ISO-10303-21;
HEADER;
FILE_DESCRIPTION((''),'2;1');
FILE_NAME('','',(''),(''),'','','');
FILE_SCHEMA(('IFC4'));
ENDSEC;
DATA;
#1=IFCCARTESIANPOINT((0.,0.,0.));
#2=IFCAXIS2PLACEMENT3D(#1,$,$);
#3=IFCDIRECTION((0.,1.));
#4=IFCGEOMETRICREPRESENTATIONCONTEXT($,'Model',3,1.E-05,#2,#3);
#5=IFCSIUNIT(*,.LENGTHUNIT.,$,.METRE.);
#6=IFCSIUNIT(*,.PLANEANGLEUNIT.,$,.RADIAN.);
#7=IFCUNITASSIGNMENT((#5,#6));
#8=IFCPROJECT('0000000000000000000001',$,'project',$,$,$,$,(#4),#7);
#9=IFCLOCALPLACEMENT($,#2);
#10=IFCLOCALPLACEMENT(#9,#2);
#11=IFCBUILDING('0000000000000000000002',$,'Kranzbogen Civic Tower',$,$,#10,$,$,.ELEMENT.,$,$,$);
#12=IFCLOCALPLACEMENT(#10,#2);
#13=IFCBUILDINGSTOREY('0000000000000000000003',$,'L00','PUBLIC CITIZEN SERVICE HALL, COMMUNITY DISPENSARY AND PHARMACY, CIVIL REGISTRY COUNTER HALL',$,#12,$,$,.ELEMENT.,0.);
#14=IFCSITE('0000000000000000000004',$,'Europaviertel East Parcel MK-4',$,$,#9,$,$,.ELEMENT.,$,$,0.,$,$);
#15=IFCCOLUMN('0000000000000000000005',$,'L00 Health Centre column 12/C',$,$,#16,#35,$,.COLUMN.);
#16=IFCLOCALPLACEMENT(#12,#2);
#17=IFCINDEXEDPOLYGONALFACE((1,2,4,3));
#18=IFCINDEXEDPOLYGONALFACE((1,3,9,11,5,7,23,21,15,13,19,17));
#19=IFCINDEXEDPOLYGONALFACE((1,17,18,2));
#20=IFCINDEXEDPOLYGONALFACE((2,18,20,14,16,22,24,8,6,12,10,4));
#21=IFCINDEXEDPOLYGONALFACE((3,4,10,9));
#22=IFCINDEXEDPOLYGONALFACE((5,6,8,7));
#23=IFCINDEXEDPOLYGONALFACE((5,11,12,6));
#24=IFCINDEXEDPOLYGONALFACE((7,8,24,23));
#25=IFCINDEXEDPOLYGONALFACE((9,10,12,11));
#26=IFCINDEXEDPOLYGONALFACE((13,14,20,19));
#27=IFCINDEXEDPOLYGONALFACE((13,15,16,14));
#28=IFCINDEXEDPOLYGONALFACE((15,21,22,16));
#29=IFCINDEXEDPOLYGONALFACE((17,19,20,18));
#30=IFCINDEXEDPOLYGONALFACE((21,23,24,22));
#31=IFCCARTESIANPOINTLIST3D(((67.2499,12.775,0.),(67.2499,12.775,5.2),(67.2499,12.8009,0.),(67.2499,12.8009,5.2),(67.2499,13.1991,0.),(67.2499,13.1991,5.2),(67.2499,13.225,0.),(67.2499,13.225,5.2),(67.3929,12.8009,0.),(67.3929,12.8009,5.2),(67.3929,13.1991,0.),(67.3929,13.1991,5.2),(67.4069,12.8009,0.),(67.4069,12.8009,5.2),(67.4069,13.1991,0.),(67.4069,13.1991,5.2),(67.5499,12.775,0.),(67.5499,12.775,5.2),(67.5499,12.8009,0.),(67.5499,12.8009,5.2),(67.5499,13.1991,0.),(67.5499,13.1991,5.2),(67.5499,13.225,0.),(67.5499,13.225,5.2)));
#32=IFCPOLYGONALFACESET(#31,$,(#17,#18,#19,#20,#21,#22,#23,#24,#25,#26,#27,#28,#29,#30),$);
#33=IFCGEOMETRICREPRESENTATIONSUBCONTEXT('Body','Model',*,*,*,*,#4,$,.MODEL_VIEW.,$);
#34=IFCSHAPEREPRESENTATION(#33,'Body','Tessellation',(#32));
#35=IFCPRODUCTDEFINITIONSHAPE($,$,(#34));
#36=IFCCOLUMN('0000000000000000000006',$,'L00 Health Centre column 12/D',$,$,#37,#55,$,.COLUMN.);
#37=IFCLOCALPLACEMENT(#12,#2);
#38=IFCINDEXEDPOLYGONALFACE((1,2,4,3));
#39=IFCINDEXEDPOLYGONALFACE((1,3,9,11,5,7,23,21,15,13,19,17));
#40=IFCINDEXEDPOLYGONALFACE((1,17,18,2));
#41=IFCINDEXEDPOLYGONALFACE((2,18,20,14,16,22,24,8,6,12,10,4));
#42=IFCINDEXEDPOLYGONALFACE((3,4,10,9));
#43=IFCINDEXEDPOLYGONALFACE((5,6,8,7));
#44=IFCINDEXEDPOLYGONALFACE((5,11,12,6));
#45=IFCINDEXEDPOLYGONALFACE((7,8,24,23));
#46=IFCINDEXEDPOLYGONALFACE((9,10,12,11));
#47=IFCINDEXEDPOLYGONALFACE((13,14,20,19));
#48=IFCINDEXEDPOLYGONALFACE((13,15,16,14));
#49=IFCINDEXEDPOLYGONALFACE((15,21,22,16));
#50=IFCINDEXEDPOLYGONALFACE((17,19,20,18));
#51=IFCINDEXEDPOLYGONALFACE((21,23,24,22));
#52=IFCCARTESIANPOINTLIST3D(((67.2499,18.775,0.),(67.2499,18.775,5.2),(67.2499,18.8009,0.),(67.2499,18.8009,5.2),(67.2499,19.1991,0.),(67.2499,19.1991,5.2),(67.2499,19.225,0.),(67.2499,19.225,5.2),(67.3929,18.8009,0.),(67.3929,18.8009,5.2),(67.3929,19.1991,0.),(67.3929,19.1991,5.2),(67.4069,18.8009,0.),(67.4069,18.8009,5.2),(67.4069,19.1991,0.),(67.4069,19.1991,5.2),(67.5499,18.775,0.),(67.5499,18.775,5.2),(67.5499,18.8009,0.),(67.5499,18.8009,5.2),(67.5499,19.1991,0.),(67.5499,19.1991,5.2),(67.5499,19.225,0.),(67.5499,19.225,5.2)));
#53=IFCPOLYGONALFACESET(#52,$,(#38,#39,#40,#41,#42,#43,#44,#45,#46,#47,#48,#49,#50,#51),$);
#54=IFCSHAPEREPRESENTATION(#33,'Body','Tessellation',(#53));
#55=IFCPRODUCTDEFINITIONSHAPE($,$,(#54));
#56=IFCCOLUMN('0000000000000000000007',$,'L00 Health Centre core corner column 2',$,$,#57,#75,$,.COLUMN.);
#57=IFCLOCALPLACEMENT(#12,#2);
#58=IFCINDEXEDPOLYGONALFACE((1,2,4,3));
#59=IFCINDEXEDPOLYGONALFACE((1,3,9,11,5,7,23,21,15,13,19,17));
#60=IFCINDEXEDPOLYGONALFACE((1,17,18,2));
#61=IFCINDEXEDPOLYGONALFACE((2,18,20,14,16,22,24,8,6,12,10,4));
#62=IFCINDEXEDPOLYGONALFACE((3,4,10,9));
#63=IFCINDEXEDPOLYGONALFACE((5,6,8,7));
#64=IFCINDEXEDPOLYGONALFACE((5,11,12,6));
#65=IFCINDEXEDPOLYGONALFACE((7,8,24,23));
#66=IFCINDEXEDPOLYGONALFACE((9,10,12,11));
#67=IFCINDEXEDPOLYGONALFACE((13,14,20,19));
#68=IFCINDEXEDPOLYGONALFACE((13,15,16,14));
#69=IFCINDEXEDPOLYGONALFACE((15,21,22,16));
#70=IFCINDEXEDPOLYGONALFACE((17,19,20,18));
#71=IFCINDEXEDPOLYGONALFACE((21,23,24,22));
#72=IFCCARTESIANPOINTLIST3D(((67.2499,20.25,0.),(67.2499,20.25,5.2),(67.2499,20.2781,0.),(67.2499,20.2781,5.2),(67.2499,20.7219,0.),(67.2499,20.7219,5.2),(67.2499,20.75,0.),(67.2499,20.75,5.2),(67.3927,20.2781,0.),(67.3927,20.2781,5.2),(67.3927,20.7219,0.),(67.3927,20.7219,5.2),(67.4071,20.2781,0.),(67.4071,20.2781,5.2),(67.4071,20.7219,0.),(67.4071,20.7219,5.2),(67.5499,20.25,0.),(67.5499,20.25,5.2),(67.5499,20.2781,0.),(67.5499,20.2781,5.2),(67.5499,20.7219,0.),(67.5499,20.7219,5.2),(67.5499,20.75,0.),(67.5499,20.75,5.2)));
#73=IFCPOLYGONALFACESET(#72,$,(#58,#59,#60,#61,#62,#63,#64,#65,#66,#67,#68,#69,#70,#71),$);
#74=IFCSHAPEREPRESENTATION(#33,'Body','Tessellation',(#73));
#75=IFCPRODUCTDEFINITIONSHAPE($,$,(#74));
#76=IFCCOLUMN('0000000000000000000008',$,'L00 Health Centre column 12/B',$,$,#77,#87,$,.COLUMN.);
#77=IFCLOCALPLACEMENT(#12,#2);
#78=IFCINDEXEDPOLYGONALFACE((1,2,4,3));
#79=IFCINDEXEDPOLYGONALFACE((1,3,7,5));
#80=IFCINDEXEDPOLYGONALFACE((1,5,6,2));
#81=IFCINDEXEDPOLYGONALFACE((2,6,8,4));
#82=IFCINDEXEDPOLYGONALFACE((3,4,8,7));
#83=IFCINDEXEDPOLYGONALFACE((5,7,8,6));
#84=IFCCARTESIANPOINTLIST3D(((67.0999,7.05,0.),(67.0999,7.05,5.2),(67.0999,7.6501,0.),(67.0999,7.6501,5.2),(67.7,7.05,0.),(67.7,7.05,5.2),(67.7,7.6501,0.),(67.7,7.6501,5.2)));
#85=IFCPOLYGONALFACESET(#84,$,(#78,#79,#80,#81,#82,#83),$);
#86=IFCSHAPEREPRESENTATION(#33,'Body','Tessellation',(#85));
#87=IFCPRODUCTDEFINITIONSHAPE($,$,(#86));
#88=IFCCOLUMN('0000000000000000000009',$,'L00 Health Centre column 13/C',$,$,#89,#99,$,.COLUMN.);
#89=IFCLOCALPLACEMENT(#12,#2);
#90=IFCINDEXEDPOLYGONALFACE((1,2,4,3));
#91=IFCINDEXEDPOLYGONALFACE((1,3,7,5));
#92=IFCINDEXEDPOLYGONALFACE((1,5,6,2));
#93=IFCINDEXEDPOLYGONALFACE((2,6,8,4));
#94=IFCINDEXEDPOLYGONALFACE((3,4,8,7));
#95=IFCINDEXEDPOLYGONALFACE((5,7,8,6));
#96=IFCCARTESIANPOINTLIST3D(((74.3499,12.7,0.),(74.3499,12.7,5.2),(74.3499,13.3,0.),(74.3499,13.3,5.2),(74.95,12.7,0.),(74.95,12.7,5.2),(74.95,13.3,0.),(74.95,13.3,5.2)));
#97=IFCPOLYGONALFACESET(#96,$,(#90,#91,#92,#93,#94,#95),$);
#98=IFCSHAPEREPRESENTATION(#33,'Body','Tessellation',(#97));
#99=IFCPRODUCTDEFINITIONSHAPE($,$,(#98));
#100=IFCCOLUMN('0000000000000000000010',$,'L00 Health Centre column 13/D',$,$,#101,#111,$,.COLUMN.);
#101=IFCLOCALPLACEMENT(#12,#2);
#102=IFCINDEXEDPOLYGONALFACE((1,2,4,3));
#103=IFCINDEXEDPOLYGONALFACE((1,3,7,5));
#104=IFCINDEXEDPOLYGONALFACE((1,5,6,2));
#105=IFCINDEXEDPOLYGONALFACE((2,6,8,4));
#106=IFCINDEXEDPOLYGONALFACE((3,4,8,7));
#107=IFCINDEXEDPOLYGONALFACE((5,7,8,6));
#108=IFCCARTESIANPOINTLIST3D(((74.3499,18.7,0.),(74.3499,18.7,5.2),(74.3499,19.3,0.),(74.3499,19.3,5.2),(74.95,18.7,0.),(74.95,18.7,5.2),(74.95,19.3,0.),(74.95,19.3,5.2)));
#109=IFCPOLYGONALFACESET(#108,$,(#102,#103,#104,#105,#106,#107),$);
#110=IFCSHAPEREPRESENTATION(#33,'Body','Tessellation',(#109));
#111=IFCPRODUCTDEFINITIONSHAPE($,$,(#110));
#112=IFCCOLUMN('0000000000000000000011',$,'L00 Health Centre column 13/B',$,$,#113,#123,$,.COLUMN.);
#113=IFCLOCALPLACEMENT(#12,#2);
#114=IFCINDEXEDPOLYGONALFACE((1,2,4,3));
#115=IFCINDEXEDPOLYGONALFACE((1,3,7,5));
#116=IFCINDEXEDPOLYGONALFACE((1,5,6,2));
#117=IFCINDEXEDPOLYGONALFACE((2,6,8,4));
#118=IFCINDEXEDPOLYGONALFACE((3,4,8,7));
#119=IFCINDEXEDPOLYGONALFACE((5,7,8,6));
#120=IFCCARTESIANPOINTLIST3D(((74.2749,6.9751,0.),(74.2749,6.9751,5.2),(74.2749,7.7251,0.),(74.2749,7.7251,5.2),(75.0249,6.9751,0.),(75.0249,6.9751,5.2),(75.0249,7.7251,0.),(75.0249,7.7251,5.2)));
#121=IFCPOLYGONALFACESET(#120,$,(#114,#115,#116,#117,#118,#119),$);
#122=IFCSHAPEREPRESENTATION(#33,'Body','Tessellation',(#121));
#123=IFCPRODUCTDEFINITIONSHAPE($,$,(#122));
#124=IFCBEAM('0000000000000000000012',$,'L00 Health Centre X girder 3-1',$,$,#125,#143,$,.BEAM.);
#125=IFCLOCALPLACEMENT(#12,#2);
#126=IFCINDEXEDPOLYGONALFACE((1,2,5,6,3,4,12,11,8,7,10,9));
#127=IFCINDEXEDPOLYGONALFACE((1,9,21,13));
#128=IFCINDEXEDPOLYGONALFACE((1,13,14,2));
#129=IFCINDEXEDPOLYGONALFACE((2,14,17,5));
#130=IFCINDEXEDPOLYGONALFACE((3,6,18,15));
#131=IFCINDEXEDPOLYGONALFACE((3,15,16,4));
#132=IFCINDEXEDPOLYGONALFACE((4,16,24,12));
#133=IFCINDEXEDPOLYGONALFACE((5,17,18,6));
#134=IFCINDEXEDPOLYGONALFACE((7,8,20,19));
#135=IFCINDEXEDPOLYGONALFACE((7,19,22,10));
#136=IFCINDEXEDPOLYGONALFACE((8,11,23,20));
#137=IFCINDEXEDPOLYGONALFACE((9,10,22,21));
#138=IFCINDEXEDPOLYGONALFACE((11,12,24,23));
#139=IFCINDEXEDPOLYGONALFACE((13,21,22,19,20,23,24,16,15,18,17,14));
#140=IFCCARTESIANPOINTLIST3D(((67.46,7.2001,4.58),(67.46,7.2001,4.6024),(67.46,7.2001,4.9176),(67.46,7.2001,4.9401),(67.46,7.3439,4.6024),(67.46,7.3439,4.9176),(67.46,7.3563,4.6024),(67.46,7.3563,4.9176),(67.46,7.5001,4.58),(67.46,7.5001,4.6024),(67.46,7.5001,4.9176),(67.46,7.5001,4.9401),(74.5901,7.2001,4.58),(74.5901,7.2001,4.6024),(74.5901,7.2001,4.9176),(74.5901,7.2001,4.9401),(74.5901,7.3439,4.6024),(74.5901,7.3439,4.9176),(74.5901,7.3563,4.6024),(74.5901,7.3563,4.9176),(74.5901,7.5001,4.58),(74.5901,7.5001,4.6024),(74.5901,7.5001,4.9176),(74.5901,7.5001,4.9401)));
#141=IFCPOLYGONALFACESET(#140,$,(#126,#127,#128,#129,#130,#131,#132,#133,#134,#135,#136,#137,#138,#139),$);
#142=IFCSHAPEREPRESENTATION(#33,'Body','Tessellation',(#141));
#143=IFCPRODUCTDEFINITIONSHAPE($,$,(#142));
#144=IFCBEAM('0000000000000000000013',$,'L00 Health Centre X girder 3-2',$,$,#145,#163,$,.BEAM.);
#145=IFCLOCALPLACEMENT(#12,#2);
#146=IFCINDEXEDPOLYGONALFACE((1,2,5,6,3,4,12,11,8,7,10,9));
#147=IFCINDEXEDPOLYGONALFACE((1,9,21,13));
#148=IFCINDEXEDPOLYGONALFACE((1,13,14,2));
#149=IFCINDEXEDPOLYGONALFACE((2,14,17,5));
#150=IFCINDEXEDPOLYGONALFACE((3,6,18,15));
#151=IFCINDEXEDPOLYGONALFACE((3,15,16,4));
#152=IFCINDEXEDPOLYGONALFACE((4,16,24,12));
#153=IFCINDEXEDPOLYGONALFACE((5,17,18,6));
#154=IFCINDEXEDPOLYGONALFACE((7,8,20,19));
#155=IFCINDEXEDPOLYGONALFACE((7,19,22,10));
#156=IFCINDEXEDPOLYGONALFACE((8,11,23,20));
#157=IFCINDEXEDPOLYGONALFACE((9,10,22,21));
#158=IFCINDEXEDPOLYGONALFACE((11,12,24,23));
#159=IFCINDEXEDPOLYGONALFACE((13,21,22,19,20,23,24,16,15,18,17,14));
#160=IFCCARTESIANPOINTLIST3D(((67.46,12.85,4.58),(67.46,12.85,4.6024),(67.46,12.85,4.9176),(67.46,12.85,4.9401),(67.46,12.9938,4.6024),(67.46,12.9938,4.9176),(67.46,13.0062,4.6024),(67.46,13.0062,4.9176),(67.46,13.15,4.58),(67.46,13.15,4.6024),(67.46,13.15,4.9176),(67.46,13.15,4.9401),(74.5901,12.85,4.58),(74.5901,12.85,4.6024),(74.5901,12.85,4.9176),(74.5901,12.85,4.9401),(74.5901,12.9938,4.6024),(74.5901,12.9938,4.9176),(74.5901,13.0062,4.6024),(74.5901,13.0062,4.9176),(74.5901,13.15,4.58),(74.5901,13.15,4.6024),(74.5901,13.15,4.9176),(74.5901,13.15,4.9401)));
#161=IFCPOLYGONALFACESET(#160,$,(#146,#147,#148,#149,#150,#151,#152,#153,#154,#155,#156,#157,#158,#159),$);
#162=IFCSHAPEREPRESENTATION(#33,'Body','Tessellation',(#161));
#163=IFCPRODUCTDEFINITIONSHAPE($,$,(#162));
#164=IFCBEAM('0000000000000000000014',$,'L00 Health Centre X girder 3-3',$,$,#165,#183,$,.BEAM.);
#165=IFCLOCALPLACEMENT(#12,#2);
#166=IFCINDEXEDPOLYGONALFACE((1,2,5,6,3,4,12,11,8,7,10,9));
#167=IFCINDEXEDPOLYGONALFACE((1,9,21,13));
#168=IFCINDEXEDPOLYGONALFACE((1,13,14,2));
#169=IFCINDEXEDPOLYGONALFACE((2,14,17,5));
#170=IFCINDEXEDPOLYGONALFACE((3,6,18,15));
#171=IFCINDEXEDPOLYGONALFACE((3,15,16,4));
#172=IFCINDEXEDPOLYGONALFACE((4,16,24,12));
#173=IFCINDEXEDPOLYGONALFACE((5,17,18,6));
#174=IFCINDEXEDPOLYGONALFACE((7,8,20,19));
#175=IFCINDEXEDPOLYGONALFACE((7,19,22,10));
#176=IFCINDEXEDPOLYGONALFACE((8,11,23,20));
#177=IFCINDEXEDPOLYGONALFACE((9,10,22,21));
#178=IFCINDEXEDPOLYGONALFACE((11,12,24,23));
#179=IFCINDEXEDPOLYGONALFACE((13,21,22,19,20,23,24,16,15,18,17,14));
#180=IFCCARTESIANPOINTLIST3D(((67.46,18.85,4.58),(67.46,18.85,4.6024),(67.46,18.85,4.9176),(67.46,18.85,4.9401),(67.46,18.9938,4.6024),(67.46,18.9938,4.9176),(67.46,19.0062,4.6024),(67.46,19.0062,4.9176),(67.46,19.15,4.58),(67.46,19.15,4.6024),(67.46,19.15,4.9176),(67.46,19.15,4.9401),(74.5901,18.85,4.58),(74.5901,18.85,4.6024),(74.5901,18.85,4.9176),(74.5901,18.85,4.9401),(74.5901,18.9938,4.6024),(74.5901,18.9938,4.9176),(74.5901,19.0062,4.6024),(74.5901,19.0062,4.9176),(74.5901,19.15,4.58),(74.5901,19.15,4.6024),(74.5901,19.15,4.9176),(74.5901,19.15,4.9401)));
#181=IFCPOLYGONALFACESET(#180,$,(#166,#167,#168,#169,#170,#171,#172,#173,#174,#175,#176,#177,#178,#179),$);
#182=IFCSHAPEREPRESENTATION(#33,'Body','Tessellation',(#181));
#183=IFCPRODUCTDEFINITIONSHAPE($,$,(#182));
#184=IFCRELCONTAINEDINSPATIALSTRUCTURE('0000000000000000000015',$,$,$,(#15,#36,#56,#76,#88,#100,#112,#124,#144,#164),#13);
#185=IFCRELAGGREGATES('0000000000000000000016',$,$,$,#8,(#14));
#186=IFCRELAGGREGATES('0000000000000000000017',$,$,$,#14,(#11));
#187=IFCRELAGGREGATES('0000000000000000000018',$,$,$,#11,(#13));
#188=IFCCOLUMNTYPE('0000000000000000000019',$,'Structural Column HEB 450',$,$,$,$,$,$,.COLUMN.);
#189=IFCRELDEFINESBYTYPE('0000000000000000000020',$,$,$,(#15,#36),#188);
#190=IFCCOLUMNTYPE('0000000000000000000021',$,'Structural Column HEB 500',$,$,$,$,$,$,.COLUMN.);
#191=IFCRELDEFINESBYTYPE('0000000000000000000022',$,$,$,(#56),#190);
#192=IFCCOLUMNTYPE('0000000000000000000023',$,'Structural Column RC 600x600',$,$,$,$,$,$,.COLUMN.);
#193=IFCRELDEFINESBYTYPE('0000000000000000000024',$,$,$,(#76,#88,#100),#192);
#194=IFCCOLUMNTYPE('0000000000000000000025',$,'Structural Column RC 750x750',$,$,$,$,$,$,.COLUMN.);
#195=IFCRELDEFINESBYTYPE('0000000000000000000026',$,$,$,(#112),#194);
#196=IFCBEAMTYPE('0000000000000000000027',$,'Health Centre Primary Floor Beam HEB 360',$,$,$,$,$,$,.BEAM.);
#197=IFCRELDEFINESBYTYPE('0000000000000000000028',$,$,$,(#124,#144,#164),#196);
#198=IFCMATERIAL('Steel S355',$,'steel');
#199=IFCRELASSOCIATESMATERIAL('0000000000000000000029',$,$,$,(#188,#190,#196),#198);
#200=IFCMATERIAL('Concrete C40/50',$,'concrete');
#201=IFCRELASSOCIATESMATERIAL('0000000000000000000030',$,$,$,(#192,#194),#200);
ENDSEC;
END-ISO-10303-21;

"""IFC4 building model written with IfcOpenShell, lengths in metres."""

from ifc_helpers import new_model, si_unit, direction, frame, origin, origin_2d, place, context, subcontext, project, spatial, rectangle, i_section, extrude, material, material_profile, profile_set, type_object, element, save


model = new_model("IFC4")

# Units and contexts
model_context = context("Model", 3, precision=1e-05, world=origin(), true_north=direction((0.0, 1.0)))
body_context = subcontext(model_context, "Body", "Model", "MODEL_VIEW")
ifc_project = project(units=[si_unit("LENGTHUNIT", "METRE"), si_unit("PLANEANGLEUNIT", "RADIAN")], contexts=[model_context])

# Site, building, storey
site_placement = place(None, origin())
site = spatial("IfcSite", under=ifc_project, at=site_placement, Name="Europaviertel East Parcel MK-4", CompositionType="ELEMENT", RefElevation=0.0)
building_placement = place(site_placement, origin())
building = spatial("IfcBuilding", under=site, at=building_placement, Name="Kranzbogen Civic Tower", CompositionType="ELEMENT")
storey_placement = place(building_placement, origin())
storey = spatial("IfcBuildingStorey", under=building, at=storey_placement, Name="L00", Description="PUBLIC CITIZEN SERVICE HALL, COMMUNITY DISPENSARY AND PHARMACY, CIVIL REGISTRY COUNTER HALL", CompositionType="ELEMENT", Elevation=0.0)

# Columns
ifc_material_1 = material(Name="Steel S355", Category="steel")
ifc_material_profile_1 = material_profile(ifc_material_1, i_section(OverallWidth=0.3, OverallDepth=0.45, WebThickness=0.0139, FlangeThickness=0.0259, at=origin_2d()), Name="HEB 450")
ifc_profile_set_1 = profile_set([ifc_material_profile_1], Name="Steel S355")
column_type_1 = type_object("IfcColumnType", Name="Structural Column HEB 450", PredefinedType="COLUMN", material=ifc_profile_set_1)
for number, where, z_axis, x_axis, name in (
    (1, (67.3999, 13.0, 0.0), (0.0, 0.0, 1.0), (1.0, 0.0, 0.0), "L00 Health Centre column 12/C"),
    (2, (67.3999, 19.0, 0.0), (0.0, 0.0, 1.0), (1.0, 0.0, 0.0), "L00 Health Centre column 12/D"),
):
    element("IfcColumn", number, at=place(storey_placement, frame(where, z_axis=z_axis, x_axis=x_axis)), inside=storey, type_object=column_type_1, Name=name, PredefinedType="COLUMN", context=body_context, shape_type="SweptSolid", body=[
        extrude(i_section(OverallWidth=0.3, OverallDepth=0.45, WebThickness=0.0139, FlangeThickness=0.0259, at=origin_2d()), origin(), (0.0, 0.0, 1.0), 5.2),
    ])
ifc_material_profile_2 = material_profile(ifc_material_1, i_section(OverallWidth=0.3, OverallDepth=0.5, WebThickness=0.0144, FlangeThickness=0.0281, at=origin_2d()), Name="HEB 500")
ifc_profile_set_2 = profile_set([ifc_material_profile_2], Name="Steel S355")
column_type_2 = type_object("IfcColumnType", Name="Structural Column HEB 500", PredefinedType="COLUMN", material=ifc_profile_set_2)
column_1_placement = place(storey_placement, frame((67.3999, 20.5, 0.0), z_axis=(0.0, 0.0, 1.0), x_axis=(1.0, 0.0, 0.0)))
element("IfcColumn", 3, at=column_1_placement, inside=storey, type_object=column_type_2, Name="L00 Health Centre core corner column 2", PredefinedType="COLUMN", context=body_context, shape_type="SweptSolid", body=[
    extrude(i_section(OverallWidth=0.3, OverallDepth=0.5, WebThickness=0.0144, FlangeThickness=0.0281, at=origin_2d()), origin(), (0.0, 0.0, 1.0), 5.2),
])
ifc_material_2 = material(Name="Concrete C40/50", Category="concrete")
ifc_material_profile_3 = material_profile(ifc_material_2, rectangle(XDim=0.6001, YDim=0.6001, at=origin_2d()), Name="RC 600x600")
ifc_profile_set_3 = profile_set([ifc_material_profile_3], Name="Concrete C40/50")
column_type_3 = type_object("IfcColumnType", Name="Structural Column RC 600x600", PredefinedType="COLUMN", material=ifc_profile_set_3)
for number, where, z_axis, x_axis, name in (
    (4, (67.3999, 7.3501, 0.0), (0.0, 0.0, 1.0), (1.0, 0.0, 0.0), "L00 Health Centre column 12/B"),
    (5, (74.6499, 13.0, 0.0), (0.0, 0.0, 1.0), (1.0, 0.0, 0.0), "L00 Health Centre column 13/C"),
    (6, (74.6499, 19.0, 0.0), (0.0, 0.0, 1.0), (1.0, 0.0, 0.0), "L00 Health Centre column 13/D"),
):
    element("IfcColumn", number, at=place(storey_placement, frame(where, z_axis=z_axis, x_axis=x_axis)), inside=storey, type_object=column_type_3, Name=name, PredefinedType="COLUMN", context=body_context, shape_type="SweptSolid", body=[
        extrude(rectangle(XDim=0.6001, YDim=0.6001, at=origin_2d()), origin(), (0.0, 0.0, 1.0), 5.2),
    ])
ifc_material_profile_4 = material_profile(ifc_material_2, rectangle(XDim=0.75, YDim=0.75, at=origin_2d()), Name="RC 750x750")
ifc_profile_set_4 = profile_set([ifc_material_profile_4], Name="Concrete C40/50")
column_type_4 = type_object("IfcColumnType", Name="Structural Column RC 750x750", PredefinedType="COLUMN", material=ifc_profile_set_4)
column_2_placement = place(storey_placement, frame((74.6499, 7.3501, 0.0), z_axis=(0.0, 0.0, 1.0), x_axis=(1.0, 0.0, 0.0)))
element("IfcColumn", 7, at=column_2_placement, inside=storey, type_object=column_type_4, Name="L00 Health Centre column 13/B", PredefinedType="COLUMN", context=body_context, shape_type="SweptSolid", body=[
    extrude(rectangle(XDim=0.75, YDim=0.75, at=origin_2d()), origin(), (0.0, 0.0, 1.0), 5.2),
])

# Beams
ifc_material_profile_5 = material_profile(ifc_material_1, i_section(OverallWidth=0.3, OverallDepth=0.3601, WebThickness=0.0125, FlangeThickness=0.0225, at=origin_2d()), Name="HEB 360")
ifc_profile_set_5 = profile_set([ifc_material_profile_5], Name="Steel S355")
beam_type_1 = type_object("IfcBeamType", Name="Health Centre Primary Floor Beam HEB 360", PredefinedType="BEAM", material=ifc_profile_set_5)
for number, where, z_axis, x_axis, name in (
    (8, (67.46, 7.3501, 4.76), (1.0, 0.0, 0.0), (0.0, 1.0, 0.0), "L00 Health Centre X girder 3-1"),
    (9, (67.46, 13.0, 4.76), (1.0, 0.0, 0.0), (0.0, 1.0, 0.0), "L00 Health Centre X girder 3-2"),
    (10, (67.46, 19.0, 4.76), (1.0, 0.0, 0.0), (0.0, 1.0, 0.0), "L00 Health Centre X girder 3-3"),
):
    element("IfcBeam", number, at=place(storey_placement, frame(where, z_axis=z_axis, x_axis=x_axis)), inside=storey, type_object=beam_type_1, Name=name, PredefinedType="BEAM", context=body_context, shape_type="SweptSolid", body=[
        extrude(i_section(OverallWidth=0.3, OverallDepth=0.3601, WebThickness=0.0125, FlangeThickness=0.0225, at=origin_2d()), origin(), (0.0, 0.0, 1.0), 7.1301),
    ])

save(model, "model.ifc")
